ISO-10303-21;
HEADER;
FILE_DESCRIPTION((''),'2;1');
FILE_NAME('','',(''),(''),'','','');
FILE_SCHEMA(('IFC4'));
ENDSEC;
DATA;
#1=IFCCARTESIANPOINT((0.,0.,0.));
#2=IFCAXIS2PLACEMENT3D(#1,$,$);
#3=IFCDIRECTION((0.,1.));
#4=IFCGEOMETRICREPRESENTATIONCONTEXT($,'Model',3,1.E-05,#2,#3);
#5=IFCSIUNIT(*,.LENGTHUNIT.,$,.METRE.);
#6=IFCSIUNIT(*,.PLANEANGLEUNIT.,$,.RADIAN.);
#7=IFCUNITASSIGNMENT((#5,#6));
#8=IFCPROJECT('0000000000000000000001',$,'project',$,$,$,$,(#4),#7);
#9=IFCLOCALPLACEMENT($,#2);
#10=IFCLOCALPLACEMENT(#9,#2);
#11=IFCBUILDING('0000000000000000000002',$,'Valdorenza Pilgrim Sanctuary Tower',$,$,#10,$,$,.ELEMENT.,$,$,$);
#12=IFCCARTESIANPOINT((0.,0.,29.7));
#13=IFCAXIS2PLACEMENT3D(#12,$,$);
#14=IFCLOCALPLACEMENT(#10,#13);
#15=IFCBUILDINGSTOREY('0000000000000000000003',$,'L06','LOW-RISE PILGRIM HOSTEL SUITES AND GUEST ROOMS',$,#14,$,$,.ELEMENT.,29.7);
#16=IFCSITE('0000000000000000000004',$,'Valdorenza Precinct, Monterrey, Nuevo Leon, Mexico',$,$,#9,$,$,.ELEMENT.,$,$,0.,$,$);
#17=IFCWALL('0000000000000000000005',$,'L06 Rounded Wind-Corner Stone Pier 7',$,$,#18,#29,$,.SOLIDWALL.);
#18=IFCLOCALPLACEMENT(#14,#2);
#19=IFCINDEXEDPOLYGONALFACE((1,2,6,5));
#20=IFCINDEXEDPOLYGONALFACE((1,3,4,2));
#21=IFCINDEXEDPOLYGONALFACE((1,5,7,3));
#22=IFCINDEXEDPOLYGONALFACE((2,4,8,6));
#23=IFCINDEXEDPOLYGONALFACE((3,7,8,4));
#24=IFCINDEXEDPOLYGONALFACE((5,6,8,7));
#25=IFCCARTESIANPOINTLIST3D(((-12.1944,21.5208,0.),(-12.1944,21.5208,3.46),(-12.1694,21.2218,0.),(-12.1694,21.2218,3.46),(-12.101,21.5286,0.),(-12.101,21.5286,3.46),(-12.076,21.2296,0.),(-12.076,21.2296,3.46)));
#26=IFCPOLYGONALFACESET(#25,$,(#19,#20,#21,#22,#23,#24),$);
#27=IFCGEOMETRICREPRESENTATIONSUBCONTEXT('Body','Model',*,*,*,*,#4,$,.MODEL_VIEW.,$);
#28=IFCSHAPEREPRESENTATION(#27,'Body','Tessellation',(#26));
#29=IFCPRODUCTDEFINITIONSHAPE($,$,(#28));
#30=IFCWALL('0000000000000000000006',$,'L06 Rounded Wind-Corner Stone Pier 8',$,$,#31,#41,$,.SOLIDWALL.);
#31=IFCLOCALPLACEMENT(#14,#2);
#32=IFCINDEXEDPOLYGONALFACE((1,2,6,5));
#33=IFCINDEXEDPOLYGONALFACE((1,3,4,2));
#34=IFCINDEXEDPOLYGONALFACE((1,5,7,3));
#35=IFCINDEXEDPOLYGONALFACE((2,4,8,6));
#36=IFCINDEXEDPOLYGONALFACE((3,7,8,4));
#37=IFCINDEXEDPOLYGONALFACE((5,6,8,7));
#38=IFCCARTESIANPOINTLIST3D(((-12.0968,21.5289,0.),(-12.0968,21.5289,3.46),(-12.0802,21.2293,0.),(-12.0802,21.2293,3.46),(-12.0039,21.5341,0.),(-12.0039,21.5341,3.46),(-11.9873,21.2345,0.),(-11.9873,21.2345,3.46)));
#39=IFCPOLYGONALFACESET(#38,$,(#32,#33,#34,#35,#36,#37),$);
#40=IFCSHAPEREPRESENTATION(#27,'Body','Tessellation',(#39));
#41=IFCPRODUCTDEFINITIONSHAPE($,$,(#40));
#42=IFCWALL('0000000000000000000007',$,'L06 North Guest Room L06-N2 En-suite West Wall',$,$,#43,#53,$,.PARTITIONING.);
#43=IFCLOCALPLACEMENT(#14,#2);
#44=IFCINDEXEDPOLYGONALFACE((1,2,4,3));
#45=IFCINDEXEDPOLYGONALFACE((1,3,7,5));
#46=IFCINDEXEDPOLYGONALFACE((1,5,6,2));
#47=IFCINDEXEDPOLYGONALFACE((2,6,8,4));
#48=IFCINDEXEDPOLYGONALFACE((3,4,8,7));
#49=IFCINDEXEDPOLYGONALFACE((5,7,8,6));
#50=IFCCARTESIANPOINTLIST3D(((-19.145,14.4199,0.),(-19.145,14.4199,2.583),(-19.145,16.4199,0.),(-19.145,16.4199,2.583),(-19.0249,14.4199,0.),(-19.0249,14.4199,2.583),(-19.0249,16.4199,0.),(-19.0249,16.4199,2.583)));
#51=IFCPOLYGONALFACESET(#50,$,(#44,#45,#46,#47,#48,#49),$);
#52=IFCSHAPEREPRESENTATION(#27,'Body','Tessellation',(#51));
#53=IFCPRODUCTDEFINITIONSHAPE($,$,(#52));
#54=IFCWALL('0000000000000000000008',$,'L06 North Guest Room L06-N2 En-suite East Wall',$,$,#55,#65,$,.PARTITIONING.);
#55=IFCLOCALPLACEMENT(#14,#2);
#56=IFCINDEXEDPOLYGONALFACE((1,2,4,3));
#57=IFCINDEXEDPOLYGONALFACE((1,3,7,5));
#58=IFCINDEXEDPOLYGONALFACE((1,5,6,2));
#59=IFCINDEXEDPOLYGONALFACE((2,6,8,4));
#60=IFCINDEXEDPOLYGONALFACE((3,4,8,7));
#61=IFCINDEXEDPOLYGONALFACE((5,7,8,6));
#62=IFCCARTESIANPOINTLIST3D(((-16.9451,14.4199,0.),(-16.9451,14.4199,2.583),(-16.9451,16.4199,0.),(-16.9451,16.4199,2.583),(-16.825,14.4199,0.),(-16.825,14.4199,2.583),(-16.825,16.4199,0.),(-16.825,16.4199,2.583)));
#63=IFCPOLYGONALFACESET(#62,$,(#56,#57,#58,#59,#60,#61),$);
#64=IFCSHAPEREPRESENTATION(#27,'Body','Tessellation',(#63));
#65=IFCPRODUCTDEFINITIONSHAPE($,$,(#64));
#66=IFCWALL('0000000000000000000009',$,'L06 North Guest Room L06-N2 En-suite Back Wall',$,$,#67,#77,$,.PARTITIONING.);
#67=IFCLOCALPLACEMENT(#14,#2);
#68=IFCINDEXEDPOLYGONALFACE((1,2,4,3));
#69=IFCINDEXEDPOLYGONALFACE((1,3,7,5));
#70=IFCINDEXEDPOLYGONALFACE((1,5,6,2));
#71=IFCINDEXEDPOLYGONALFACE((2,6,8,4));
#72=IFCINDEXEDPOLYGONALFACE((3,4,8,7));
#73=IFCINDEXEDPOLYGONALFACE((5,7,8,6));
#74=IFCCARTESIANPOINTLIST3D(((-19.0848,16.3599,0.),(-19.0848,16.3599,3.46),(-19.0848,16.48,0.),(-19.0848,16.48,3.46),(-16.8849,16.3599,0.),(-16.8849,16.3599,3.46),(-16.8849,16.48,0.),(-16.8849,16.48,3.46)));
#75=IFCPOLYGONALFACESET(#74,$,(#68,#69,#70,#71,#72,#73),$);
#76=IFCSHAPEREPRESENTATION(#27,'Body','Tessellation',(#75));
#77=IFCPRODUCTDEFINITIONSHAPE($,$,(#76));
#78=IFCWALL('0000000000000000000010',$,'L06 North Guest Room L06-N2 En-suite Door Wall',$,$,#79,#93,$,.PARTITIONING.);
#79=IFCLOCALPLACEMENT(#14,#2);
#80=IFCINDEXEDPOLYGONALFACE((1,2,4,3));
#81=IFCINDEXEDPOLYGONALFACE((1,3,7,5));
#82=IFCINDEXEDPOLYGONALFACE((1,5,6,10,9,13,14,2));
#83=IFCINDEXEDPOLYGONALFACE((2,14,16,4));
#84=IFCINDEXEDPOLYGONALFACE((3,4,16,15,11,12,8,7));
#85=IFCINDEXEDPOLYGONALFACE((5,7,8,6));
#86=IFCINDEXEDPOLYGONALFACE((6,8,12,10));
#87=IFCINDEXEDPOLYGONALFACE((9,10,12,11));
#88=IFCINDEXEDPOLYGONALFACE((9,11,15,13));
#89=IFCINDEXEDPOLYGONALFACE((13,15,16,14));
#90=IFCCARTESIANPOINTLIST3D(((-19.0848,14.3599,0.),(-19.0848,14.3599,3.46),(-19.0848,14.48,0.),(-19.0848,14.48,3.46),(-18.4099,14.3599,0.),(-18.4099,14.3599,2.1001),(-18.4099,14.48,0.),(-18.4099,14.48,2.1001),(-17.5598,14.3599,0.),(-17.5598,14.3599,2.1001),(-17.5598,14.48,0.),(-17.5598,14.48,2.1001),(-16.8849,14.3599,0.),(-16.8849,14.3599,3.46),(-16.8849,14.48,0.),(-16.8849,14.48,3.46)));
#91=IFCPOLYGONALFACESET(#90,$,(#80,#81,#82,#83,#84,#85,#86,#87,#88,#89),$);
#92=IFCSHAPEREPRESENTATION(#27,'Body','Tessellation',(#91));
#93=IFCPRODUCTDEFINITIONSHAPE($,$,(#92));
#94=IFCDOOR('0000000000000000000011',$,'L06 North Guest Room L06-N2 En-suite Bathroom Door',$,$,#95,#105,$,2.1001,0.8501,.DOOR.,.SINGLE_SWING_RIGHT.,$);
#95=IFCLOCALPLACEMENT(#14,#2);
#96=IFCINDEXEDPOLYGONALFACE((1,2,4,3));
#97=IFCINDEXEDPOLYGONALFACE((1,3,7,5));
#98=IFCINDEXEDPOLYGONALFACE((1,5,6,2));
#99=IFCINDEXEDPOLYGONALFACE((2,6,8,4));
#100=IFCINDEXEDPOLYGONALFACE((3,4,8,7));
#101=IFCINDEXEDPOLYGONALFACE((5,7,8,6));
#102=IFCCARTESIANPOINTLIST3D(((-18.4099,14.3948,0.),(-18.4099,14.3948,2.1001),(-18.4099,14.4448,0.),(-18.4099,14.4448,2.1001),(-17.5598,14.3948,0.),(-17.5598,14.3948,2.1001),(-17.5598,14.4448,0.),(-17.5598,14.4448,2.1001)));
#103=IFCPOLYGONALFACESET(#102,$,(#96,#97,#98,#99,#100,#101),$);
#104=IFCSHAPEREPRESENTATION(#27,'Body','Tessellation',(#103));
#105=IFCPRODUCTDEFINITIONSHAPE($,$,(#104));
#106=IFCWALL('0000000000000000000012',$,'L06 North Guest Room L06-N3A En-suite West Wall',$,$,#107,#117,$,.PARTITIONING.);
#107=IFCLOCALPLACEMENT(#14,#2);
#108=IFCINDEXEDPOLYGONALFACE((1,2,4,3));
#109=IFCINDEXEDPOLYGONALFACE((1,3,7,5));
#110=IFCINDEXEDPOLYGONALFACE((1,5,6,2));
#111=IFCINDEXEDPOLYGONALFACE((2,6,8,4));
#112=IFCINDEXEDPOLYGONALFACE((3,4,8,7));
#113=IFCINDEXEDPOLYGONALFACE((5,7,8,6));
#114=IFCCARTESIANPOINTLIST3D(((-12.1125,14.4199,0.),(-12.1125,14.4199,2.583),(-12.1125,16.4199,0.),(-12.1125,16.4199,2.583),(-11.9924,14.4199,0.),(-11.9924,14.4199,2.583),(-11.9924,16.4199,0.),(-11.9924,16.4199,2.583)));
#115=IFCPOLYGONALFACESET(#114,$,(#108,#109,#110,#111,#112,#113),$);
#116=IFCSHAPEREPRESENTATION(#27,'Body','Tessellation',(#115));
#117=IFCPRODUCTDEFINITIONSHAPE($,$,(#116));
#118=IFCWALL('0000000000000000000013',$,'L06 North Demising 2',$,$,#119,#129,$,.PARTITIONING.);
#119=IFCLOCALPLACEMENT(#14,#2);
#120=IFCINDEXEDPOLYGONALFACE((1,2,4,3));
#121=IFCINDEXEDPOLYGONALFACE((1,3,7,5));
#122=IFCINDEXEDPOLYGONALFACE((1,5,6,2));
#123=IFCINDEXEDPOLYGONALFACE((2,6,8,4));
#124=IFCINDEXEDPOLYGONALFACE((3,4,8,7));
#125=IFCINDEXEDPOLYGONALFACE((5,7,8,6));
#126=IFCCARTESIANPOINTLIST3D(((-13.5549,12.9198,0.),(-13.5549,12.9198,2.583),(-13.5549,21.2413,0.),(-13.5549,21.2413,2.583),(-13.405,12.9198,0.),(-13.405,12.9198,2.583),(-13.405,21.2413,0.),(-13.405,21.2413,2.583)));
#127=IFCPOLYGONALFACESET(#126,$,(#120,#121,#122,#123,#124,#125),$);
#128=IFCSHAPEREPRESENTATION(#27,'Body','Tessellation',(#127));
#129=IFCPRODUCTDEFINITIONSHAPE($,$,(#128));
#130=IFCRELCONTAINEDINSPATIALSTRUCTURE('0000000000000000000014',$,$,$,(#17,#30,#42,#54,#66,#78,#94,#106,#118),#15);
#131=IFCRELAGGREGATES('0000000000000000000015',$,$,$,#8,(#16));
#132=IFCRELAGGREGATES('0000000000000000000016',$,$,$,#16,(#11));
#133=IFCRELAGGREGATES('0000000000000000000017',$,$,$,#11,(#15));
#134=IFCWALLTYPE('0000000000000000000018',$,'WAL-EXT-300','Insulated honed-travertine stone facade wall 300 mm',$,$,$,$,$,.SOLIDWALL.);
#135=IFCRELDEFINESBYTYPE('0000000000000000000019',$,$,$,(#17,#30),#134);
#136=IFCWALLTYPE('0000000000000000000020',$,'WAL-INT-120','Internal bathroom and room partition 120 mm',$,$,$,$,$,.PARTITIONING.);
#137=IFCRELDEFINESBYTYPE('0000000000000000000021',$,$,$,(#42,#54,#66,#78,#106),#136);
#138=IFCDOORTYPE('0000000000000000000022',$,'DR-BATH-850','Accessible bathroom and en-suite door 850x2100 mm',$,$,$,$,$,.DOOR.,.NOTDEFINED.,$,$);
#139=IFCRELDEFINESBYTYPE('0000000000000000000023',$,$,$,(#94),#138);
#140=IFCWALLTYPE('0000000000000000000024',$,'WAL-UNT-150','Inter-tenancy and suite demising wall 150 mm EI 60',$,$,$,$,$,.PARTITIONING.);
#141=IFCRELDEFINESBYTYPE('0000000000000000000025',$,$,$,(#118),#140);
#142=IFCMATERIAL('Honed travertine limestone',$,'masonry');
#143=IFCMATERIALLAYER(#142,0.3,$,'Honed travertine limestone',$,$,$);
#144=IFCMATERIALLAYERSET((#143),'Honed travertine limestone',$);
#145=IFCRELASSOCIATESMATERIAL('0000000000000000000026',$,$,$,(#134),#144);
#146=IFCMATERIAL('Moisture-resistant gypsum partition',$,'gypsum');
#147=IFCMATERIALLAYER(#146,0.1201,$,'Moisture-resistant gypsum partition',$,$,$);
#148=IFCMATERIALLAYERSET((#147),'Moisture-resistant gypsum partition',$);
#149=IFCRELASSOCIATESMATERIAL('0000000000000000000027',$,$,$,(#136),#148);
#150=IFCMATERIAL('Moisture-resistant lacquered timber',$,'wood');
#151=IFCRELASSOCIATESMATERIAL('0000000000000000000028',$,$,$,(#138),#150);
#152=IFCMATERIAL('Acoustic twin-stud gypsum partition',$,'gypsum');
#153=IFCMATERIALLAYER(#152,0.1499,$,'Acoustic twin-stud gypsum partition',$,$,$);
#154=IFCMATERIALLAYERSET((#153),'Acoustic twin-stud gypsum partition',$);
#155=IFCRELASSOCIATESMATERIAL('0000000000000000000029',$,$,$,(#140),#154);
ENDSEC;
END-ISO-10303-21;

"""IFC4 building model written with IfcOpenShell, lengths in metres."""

from ifc_helpers import new_model, si_unit, direction, frame, frame_2d, origin, place, context, subcontext, project, spatial, rectangle, extrude, material, layer, layer_set, type_object, element, fill, save


model = new_model("IFC4")

# Units and contexts
model_context = context("Model", 3, precision=1e-05, world=origin(), true_north=direction((0.0, 1.0)))
body_context = subcontext(model_context, "Body", "Model", "MODEL_VIEW")
ifc_project = project(units=[si_unit("LENGTHUNIT", "METRE"), si_unit("PLANEANGLEUNIT", "RADIAN")], contexts=[model_context])

# Site, building, storey
site_placement = place(None, origin())
site = spatial("IfcSite", under=ifc_project, at=site_placement, Name="Valdorenza Precinct, Monterrey, Nuevo Leon, Mexico", CompositionType="ELEMENT", RefElevation=0.0)
building_placement = place(site_placement, origin())
building = spatial("IfcBuilding", under=site, at=building_placement, Name="Valdorenza Pilgrim Sanctuary Tower", CompositionType="ELEMENT")
storey_placement = place(building_placement, frame((0.0, 0.0, 29.7)))
storey = spatial("IfcBuildingStorey", under=building, at=storey_placement, Name="L06", Description="LOW-RISE PILGRIM HOSTEL SUITES AND GUEST ROOMS", CompositionType="ELEMENT", Elevation=29.7)

# Shared definitions
ifc_material_1 = material(Name="Honed travertine limestone", Category="masonry")

# Walls
ifc_layer_1 = layer(ifc_material_1, 0.3, Name="Honed travertine limestone")
ifc_layer_set_1 = layer_set([ifc_layer_1], Name="Honed travertine limestone")
wall_type_1 = type_object("IfcWallType", Name="WAL-EXT-300", Description="Insulated honed-travertine stone facade wall 300 mm", PredefinedType="SOLIDWALL", material=ifc_layer_set_1)
wall_1_placement = place(storey_placement, frame((-12.1819, 21.3713, 0.0), z_axis=(0.0, 0.0, 1.0), x_axis=(0.996528, 0.083261, 0.0)))
element("IfcWall", 1, at=wall_1_placement, inside=storey, type_object=wall_type_1, Name="L06 Rounded Wind-Corner Stone Pier 7", PredefinedType="SOLIDWALL", context=body_context, shape_type="SweptSolid", body=[
    extrude(rectangle(XDim=0.0938, YDim=0.3, at=frame_2d((0.0469, 0.0))), origin(), (0.0, 0.0, 1.0), 3.46),
])
wall_2_placement = place(storey_placement, frame((-12.0884, 21.3792, 0.0), z_axis=(0.0, 0.0, 1.0), x_axis=(0.998476, 0.055179, 0.0)))
element("IfcWall", 2, at=wall_2_placement, inside=storey, type_object=wall_type_1, Name="L06 Rounded Wind-Corner Stone Pier 8", PredefinedType="SOLIDWALL", context=body_context, shape_type="SweptSolid", body=[
    extrude(rectangle(XDim=0.093, YDim=0.3, at=frame_2d((0.0464, 0.0))), origin(), (0.0, 0.0, 1.0), 3.46),
])
ifc_material_2 = material(Name="Moisture-resistant gypsum partition", Category="gypsum")
ifc_layer_2 = layer(ifc_material_2, 0.1201, Name="Moisture-resistant gypsum partition")
ifc_layer_set_2 = layer_set([ifc_layer_2], Name="Moisture-resistant gypsum partition")
wall_type_2 = type_object("IfcWallType", Name="WAL-INT-120", Description="Internal bathroom and room partition 120 mm", PredefinedType="PARTITIONING", material=ifc_layer_set_2)
for number, where, z_axis, x_axis, name in (
    (3, (-19.085, 14.4199, 0.0), (0.0, 0.0, 1.0), (0.0, 1.0, 0.0), "L06 North Guest Room L06-N2 En-suite West Wall"),
    (4, (-16.885, 14.4199, 0.0), (0.0, 0.0, 1.0), (0.0, 1.0, 0.0), "L06 North Guest Room L06-N2 En-suite East Wall"),
):
    element("IfcWall", number, at=place(storey_placement, frame(where, z_axis=z_axis, x_axis=x_axis)), inside=storey, type_object=wall_type_2, Name=name, PredefinedType="PARTITIONING", context=body_context, shape_type="SweptSolid", body=[
        extrude(rectangle(XDim=2.0, YDim=0.1201, at=frame_2d((1.0, 0.0))), origin(), (0.0, 0.0, 1.0), 2.583),
    ])
wall_3_placement = place(storey_placement, frame((-19.085, 16.4199, 0.0), z_axis=(0.0, 0.0, 1.0), x_axis=(1.0, 0.0, 0.0)))
element("IfcWall", 5, at=wall_3_placement, inside=storey, type_object=wall_type_2, Name="L06 North Guest Room L06-N2 En-suite Back Wall", PredefinedType="PARTITIONING", context=body_context, shape_type="SweptSolid", body=[
    extrude(rectangle(XDim=2.2, YDim=0.1201, at=frame_2d((1.1001, 0.0))), origin(), (0.0, 0.0, 1.0), 3.46),
])

# Wall, opening, door
wall_4_placement = place(storey_placement, frame((-19.085, 14.4199, 0.0), z_axis=(0.0, 0.0, 1.0), x_axis=(1.0, 0.0, 0.0)))
wall_4 = element("IfcWall", 6, at=wall_4_placement, inside=storey, type_object=wall_type_2, Name="L06 North Guest Room L06-N2 En-suite Door Wall", PredefinedType="PARTITIONING", context=body_context, shape_type="SweptSolid", body=[
    extrude(rectangle(XDim=2.2, YDim=0.1201, at=frame_2d((1.1001, 0.0))), origin(), (0.0, 0.0, 1.0), 3.46),
])
opening_placement = place(wall_4_placement, frame((0.675, 0.0, 0.0)))
opening = element("IfcOpeningElement", 7, at=opening_placement, cuts=wall_4, PredefinedType="OPENING", context=body_context, shape_type="SweptSolid", body=[
    extrude(rectangle(XDim=0.8501, YDim=2.1001, at=frame_2d((0.425, 1.05))), frame((0.0, 0.075, 0.0), z_axis=(0.0, -1.0, 0.0), x_axis=(1.0, 0.0, 0.0)), (0.0, 0.0, 1.0), 0.1499),
])
ifc_material_3 = material(Name="Moisture-resistant lacquered timber", Category="wood")
door_type = type_object("IfcDoorType", Name="DR-BATH-850", Description="Accessible bathroom and en-suite door 850x2100 mm", OperationType="NOTDEFINED", PredefinedType="DOOR", material=ifc_material_3)
door_placement = place(opening_placement, origin())
door = element("IfcDoor", 8, at=door_placement, inside=storey, type_object=door_type, Name="L06 North Guest Room L06-N2 En-suite Bathroom Door", OperationType="SINGLE_SWING_RIGHT", OverallHeight=2.1001, OverallWidth=0.8501, PredefinedType="DOOR", context=body_context, shape_type="SweptSolid", body=[
    extrude(rectangle(XDim=0.8501, YDim=2.1001, at=frame_2d((0.425, 1.05))), frame((0.0, 0.0249, 0.0), z_axis=(0.0, -1.0, 0.0), x_axis=(1.0, 0.0, 0.0)), (0.0, 0.0, 1.0), 0.05),
])
fill(opening, door)

# Walls
wall_5_placement = place(storey_placement, frame((-12.0525, 14.4199, 0.0), z_axis=(0.0, 0.0, 1.0), x_axis=(0.0, 1.0, 0.0)))
element("IfcWall", 9, at=wall_5_placement, inside=storey, type_object=wall_type_2, Name="L06 North Guest Room L06-N3A En-suite West Wall", PredefinedType="PARTITIONING", context=body_context, shape_type="SweptSolid", body=[
    extrude(rectangle(XDim=2.0, YDim=0.1201, at=frame_2d((1.0, 0.0))), origin(), (0.0, 0.0, 1.0), 2.583),
])
ifc_material_4 = material(Name="Acoustic twin-stud gypsum partition", Category="gypsum")
ifc_layer_3 = layer(ifc_material_4, 0.1499, Name="Acoustic twin-stud gypsum partition")
ifc_layer_set_3 = layer_set([ifc_layer_3], Name="Acoustic twin-stud gypsum partition")
wall_type_3 = type_object("IfcWallType", Name="WAL-UNT-150", Description="Inter-tenancy and suite demising wall 150 mm EI 60", PredefinedType="PARTITIONING", material=ifc_layer_set_3)
wall_6_placement = place(storey_placement, frame((-13.48, 12.9199, 0.0), z_axis=(0.0, 0.0, 1.0), x_axis=(0.0, 1.0, 0.0)))
element("IfcWall", 10, at=wall_6_placement, inside=storey, type_object=wall_type_3, Name="L06 North Demising 2", PredefinedType="PARTITIONING", context=body_context, shape_type="SweptSolid", body=[
    extrude(rectangle(XDim=8.3215, YDim=0.1499, at=frame_2d((4.1606, 0.0))), origin(), (0.0, 0.0, 1.0), 2.583),
])

save(model, "model.ifc")
